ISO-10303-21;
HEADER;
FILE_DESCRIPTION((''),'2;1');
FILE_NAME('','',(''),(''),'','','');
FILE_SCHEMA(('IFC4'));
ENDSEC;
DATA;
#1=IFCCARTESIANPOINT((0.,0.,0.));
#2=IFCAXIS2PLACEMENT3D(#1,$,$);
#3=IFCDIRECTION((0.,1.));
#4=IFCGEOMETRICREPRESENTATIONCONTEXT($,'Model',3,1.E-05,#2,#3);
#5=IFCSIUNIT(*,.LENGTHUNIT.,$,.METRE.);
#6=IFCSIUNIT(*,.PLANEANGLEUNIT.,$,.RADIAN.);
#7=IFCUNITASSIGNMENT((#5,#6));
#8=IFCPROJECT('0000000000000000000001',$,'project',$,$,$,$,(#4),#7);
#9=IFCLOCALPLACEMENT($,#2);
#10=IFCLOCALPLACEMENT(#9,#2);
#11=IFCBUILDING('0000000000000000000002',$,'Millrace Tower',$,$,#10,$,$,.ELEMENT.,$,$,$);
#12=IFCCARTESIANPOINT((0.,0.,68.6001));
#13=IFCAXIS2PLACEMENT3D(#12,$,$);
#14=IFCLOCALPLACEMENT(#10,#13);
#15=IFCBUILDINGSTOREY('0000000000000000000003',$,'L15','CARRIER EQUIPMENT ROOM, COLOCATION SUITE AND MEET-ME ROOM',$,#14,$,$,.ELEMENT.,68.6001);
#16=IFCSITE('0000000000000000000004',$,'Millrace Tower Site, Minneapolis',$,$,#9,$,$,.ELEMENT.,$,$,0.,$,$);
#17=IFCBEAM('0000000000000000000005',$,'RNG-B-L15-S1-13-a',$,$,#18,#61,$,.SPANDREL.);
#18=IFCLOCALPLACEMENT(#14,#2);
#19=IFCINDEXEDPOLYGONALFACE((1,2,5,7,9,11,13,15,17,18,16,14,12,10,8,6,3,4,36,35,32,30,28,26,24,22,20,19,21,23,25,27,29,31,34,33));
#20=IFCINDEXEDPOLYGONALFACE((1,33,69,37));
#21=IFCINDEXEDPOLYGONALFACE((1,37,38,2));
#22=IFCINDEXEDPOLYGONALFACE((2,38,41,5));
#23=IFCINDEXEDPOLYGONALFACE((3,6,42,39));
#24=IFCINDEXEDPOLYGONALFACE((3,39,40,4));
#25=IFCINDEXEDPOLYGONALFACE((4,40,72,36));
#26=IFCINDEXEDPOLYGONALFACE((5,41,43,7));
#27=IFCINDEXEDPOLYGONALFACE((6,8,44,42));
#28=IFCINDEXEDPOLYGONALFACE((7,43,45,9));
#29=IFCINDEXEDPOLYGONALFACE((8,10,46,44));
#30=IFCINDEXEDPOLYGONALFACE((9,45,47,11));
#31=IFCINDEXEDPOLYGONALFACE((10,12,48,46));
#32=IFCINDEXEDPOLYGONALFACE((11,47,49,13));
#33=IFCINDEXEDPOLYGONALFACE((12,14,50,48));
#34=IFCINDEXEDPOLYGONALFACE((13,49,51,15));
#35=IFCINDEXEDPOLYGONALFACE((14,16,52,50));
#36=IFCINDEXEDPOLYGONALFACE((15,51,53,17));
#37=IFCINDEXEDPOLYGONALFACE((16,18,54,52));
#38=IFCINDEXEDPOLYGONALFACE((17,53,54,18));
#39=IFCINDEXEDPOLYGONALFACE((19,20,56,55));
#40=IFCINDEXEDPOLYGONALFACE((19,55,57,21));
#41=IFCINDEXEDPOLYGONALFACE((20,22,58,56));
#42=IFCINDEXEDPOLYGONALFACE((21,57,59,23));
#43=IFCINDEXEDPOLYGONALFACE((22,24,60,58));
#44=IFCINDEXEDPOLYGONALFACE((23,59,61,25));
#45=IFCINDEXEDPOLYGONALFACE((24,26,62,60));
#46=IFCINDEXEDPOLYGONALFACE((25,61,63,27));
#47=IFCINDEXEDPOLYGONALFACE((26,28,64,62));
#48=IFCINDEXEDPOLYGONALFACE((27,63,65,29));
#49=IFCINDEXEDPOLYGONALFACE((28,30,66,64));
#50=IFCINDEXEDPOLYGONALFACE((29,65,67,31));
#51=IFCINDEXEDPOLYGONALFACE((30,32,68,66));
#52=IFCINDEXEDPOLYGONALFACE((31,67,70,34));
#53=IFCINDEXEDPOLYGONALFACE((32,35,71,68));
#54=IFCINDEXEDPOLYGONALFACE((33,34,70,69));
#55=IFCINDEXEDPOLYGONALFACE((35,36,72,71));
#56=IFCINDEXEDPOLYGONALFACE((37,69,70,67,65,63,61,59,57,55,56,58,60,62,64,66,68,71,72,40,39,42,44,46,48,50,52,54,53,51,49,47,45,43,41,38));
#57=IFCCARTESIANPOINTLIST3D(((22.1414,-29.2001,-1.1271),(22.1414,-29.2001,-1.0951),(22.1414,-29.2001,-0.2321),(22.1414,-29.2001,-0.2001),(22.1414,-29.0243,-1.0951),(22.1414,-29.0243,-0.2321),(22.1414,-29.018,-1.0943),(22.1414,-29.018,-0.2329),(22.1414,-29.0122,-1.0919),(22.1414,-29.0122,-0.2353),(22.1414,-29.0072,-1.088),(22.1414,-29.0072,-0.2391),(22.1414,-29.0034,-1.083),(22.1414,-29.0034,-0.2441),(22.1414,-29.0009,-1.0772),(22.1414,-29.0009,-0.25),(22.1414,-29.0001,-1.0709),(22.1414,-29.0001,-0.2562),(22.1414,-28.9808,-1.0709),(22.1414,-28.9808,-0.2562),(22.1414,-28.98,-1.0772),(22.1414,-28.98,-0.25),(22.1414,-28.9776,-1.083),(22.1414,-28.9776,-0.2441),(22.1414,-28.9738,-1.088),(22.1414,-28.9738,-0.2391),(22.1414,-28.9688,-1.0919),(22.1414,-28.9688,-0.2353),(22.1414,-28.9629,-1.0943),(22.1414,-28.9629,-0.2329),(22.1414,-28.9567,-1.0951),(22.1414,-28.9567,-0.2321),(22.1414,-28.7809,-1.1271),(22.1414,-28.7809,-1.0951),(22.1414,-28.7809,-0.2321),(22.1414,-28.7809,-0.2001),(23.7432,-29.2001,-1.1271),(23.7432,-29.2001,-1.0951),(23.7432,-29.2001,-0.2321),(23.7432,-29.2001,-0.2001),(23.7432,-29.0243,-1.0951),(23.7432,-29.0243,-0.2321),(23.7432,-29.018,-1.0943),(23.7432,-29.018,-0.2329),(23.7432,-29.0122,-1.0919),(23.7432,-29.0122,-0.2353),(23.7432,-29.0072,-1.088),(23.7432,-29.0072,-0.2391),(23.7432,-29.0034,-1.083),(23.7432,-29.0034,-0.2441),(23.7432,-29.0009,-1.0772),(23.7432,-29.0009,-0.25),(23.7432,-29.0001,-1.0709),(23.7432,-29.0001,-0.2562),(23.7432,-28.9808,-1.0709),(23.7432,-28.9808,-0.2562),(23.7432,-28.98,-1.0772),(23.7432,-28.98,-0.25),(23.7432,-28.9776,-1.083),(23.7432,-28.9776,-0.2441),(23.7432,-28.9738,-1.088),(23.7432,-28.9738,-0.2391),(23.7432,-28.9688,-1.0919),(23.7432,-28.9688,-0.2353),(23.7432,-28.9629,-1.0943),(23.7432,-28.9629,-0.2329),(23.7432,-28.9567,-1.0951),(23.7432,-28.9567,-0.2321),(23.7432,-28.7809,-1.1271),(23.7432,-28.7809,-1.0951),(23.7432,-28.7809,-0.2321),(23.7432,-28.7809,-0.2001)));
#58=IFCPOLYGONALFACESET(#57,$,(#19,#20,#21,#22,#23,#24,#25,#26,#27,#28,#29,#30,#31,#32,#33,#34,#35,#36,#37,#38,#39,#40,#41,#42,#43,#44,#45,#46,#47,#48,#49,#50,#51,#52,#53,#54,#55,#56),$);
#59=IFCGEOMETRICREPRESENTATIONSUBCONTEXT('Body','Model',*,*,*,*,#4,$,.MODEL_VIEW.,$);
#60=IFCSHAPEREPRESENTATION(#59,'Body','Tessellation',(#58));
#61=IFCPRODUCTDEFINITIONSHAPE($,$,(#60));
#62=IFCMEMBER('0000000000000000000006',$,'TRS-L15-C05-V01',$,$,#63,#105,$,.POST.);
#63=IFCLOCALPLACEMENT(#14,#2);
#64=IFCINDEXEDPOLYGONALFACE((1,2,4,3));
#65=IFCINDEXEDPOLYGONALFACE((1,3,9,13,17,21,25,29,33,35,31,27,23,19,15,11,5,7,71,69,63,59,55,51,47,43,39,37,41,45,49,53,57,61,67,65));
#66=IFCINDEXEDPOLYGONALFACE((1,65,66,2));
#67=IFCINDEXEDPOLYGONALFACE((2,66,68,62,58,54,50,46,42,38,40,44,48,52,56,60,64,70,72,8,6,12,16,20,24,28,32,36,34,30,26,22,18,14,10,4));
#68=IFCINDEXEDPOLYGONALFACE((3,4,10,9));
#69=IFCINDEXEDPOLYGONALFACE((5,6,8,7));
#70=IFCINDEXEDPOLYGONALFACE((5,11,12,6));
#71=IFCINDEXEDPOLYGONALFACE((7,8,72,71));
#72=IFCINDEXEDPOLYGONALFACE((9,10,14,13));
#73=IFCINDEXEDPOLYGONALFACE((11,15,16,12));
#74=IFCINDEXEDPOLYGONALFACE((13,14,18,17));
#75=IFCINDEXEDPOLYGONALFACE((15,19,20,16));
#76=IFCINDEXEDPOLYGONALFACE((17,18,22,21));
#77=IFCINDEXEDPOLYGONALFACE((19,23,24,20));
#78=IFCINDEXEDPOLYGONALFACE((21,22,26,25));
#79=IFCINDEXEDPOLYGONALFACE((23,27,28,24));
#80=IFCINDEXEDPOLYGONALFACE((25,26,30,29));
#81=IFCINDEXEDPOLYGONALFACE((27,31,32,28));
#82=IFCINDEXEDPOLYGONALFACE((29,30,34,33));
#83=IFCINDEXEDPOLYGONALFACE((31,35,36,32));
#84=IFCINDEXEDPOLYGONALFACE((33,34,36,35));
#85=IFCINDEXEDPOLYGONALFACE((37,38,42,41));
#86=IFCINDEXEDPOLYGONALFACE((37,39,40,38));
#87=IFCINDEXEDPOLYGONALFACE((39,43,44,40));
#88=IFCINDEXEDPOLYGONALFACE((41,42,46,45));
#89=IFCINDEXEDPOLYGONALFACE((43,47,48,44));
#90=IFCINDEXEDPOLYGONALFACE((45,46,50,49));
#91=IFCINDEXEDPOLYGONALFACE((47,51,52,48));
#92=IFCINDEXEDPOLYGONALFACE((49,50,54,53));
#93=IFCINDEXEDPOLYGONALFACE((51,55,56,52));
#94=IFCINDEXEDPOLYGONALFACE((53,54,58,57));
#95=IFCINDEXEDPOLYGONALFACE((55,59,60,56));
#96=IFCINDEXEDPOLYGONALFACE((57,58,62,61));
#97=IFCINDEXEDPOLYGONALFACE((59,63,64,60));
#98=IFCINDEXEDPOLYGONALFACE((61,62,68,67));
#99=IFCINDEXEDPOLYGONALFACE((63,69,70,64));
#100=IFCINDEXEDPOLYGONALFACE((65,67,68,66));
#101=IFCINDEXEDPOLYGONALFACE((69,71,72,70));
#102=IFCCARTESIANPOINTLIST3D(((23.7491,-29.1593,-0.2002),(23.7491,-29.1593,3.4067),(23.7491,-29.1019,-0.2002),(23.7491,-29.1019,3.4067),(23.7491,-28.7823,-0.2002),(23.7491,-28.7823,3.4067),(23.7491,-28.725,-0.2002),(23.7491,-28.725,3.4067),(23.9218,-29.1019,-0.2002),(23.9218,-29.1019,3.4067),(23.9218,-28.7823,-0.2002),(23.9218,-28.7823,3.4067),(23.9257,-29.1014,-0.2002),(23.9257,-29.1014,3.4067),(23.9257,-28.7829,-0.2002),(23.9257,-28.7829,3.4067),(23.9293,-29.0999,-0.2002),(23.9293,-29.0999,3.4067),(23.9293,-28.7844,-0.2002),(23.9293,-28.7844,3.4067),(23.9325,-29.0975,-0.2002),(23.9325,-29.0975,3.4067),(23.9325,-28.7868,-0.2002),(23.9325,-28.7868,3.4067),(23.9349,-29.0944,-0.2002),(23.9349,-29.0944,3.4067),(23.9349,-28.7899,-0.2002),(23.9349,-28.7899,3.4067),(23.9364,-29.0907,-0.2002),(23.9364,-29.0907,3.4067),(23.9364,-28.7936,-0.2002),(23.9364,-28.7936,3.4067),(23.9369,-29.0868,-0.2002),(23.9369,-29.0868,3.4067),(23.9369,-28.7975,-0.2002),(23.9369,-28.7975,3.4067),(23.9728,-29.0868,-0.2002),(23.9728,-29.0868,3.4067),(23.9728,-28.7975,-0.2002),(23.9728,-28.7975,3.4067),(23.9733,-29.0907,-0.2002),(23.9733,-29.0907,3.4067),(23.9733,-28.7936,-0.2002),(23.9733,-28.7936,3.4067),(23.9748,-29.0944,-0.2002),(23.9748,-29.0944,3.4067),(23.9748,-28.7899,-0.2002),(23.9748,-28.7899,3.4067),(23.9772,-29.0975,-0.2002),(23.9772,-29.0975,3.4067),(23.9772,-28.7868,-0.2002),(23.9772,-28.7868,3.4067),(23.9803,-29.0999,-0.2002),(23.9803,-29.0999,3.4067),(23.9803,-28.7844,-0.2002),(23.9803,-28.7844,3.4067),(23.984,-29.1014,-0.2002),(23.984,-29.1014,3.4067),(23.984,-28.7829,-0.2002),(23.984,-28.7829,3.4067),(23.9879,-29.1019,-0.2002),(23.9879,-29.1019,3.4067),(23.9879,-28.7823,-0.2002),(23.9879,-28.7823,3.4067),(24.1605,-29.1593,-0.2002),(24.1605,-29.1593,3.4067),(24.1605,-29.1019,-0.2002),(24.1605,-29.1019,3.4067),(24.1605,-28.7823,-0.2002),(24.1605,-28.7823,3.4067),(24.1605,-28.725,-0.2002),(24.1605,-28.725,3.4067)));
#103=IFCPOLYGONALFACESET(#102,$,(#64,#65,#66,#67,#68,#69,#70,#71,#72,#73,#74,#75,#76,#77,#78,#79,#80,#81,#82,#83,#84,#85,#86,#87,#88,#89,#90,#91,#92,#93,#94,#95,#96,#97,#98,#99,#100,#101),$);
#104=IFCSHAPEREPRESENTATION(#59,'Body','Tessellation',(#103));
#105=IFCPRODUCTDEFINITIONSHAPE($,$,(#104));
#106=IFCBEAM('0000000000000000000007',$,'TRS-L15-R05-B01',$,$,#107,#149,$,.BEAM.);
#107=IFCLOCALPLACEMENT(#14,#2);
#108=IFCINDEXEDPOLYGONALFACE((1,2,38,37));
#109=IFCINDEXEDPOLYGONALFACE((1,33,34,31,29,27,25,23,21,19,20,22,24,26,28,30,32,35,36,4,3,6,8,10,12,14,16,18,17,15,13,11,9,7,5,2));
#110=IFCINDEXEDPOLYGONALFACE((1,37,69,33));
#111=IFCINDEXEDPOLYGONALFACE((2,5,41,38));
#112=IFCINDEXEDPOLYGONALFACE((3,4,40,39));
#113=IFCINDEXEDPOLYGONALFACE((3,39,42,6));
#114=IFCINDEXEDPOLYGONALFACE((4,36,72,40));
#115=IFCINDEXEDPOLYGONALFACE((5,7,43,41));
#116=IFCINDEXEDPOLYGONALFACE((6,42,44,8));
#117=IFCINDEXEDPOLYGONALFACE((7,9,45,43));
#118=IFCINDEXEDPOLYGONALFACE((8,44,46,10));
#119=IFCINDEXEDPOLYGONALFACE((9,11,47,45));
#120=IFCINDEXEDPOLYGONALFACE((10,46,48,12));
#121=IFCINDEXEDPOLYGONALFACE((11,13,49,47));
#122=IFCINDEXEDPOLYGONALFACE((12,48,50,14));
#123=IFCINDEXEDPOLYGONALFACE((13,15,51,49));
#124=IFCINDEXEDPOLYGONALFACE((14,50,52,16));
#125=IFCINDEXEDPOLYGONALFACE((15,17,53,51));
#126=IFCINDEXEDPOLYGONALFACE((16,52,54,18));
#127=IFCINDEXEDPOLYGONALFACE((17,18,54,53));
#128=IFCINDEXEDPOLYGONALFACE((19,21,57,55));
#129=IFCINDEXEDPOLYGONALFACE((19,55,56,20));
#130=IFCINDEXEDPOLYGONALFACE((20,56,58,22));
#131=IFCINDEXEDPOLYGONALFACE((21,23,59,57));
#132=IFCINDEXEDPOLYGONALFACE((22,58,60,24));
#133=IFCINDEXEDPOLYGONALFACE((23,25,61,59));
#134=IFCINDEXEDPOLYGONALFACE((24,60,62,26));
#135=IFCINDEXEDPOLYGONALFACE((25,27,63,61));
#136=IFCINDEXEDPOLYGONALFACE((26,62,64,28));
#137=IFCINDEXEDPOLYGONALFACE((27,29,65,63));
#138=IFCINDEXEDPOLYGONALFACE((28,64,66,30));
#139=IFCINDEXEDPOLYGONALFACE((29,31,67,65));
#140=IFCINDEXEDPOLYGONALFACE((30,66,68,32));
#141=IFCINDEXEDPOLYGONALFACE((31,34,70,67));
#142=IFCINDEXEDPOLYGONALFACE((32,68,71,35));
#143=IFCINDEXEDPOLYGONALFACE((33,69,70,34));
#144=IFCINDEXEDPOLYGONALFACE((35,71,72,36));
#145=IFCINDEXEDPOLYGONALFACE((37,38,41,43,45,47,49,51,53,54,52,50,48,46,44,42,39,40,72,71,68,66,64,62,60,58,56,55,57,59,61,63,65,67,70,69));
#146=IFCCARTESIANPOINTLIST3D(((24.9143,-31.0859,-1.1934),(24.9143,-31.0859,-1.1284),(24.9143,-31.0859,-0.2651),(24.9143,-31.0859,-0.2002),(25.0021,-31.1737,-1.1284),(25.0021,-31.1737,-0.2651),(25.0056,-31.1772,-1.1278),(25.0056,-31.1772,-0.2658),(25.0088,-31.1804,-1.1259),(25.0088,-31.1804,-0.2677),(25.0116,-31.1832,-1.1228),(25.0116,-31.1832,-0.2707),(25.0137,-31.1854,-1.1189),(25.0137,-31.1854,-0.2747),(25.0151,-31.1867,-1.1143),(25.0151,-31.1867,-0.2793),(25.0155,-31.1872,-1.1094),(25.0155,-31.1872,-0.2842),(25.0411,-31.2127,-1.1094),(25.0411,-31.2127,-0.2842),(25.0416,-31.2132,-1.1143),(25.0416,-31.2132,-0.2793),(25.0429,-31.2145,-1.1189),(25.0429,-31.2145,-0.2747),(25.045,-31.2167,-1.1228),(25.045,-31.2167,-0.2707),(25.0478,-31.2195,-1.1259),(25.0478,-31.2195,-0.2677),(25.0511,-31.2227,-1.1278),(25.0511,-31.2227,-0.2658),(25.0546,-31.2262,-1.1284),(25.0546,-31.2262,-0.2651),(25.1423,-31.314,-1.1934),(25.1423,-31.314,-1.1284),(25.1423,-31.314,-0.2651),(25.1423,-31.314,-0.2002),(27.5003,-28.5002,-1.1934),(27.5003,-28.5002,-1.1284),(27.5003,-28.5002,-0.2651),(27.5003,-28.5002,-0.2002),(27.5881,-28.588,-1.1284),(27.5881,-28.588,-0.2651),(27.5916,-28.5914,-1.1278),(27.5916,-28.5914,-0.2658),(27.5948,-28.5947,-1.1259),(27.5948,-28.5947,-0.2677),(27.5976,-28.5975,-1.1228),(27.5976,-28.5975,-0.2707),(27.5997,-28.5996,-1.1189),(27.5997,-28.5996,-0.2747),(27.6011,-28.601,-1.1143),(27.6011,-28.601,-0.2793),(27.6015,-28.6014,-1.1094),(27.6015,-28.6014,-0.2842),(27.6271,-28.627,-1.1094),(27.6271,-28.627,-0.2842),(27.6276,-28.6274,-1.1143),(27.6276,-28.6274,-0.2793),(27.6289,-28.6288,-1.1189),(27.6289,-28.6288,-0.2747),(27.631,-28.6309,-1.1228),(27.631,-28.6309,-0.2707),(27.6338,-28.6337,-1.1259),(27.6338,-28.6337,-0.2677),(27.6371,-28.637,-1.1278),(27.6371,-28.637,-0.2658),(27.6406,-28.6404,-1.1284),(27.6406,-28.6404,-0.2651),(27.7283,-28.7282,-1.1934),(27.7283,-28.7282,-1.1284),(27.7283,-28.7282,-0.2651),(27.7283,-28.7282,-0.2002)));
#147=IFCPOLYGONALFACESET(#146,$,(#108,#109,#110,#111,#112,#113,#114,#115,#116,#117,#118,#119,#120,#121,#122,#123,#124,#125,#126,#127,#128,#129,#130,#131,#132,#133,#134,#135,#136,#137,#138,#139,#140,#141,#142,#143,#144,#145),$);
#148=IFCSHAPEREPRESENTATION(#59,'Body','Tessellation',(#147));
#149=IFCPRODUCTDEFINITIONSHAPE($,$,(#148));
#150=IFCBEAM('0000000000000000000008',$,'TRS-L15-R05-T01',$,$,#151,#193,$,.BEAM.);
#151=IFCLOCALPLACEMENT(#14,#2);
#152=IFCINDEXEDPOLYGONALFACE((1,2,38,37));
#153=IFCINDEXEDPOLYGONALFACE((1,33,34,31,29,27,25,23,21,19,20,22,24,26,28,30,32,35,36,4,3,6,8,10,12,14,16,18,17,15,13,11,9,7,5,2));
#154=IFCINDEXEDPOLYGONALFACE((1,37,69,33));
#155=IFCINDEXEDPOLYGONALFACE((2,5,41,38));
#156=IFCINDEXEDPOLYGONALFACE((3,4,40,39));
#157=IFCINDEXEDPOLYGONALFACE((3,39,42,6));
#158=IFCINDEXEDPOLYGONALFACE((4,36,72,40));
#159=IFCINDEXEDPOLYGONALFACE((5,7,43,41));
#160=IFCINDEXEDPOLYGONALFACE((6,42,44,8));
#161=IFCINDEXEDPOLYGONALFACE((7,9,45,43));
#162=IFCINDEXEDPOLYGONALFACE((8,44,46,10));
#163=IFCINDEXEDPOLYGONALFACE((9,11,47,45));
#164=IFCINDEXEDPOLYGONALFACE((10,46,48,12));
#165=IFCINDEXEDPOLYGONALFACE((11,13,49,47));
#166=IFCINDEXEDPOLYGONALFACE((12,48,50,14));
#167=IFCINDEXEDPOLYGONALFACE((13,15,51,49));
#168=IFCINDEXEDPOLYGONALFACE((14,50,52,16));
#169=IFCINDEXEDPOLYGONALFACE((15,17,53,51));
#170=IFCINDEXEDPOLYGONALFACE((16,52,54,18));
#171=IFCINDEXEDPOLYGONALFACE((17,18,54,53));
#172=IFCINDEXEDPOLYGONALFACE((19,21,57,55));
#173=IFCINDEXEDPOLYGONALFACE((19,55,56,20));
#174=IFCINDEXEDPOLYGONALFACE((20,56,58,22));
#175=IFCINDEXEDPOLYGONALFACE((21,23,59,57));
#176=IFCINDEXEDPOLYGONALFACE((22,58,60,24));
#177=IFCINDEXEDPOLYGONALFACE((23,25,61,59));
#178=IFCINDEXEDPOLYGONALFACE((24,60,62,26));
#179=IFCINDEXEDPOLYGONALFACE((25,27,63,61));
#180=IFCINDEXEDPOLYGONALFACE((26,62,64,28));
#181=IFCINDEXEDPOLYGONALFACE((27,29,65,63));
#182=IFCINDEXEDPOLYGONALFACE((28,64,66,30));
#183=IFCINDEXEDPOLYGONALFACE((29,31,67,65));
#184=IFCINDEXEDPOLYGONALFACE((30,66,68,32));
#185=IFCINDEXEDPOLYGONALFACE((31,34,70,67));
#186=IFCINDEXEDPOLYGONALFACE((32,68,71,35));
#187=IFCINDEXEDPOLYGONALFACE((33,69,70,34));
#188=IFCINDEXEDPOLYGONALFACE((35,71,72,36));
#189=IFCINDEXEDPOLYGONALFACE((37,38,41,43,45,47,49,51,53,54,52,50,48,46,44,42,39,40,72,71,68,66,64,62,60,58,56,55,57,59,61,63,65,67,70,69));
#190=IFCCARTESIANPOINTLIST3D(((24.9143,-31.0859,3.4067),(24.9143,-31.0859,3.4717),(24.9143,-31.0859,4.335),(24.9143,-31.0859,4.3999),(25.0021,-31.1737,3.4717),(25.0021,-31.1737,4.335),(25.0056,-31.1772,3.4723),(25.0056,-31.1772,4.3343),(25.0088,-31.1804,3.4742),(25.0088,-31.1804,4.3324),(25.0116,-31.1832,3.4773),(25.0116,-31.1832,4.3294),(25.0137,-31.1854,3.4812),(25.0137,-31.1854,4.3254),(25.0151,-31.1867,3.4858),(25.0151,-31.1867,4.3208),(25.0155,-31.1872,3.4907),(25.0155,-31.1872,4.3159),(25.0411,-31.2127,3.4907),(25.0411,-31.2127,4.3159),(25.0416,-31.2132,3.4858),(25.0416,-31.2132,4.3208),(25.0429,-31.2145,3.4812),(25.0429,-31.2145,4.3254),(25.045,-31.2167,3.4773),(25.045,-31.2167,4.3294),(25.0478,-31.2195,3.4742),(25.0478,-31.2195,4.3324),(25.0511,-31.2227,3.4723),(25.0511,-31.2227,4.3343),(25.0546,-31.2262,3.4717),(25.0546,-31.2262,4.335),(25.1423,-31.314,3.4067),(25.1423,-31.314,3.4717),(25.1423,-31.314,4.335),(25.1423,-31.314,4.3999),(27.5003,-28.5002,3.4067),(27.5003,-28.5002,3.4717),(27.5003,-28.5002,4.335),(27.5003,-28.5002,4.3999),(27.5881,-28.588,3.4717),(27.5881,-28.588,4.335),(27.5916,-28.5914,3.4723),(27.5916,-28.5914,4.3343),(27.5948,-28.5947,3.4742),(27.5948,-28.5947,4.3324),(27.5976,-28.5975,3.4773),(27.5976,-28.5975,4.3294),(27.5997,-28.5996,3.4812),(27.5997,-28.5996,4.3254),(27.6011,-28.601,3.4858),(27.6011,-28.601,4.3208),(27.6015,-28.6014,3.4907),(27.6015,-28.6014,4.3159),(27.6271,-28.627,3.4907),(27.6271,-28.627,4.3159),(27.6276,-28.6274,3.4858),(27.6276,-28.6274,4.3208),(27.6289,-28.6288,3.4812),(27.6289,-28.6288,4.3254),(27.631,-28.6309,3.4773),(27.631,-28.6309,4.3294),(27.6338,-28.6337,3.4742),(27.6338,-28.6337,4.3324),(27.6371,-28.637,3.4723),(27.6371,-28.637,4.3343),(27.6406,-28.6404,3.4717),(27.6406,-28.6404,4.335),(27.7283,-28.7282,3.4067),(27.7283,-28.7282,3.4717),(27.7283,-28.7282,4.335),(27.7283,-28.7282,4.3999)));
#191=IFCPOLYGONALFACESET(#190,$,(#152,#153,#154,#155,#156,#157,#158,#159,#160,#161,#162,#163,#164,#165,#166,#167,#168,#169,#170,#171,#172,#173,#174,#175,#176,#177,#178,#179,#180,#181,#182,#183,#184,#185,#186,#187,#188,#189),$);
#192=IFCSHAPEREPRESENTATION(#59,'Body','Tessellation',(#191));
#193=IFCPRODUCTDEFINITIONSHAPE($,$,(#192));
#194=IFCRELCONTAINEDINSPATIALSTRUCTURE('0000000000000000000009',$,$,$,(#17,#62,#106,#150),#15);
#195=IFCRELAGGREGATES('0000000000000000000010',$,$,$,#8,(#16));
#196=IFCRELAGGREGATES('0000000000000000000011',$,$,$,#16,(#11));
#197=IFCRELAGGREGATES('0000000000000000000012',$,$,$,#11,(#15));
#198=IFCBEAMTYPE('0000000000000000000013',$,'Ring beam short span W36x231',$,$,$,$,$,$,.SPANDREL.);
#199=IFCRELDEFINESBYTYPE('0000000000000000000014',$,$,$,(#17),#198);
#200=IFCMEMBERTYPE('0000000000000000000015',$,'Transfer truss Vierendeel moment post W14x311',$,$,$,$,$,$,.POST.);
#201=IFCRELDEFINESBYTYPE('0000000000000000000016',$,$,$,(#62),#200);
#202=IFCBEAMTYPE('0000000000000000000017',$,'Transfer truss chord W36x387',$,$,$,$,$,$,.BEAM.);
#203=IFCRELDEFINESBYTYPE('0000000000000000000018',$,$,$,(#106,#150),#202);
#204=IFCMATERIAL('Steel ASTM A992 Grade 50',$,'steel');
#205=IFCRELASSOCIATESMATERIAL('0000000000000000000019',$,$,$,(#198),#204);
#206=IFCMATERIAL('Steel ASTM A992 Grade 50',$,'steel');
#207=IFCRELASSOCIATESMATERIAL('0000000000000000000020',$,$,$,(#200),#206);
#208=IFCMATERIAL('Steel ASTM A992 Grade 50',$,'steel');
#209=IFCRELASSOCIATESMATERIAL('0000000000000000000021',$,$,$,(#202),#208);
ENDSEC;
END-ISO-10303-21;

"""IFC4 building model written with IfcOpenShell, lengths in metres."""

from ifc_helpers import new_model, si_unit, direction, frame, origin, origin_2d, place, context, subcontext, project, spatial, i_section, extrude, material, material_profile, profile_set, type_object, element, save


model = new_model("IFC4")

# Units and contexts
model_context = context("Model", 3, precision=1e-05, world=origin(), true_north=direction((0.0, 1.0)))
body_context = subcontext(model_context, "Body", "Model", "MODEL_VIEW")
ifc_project = project(units=[si_unit("LENGTHUNIT", "METRE"), si_unit("PLANEANGLEUNIT", "RADIAN")], contexts=[model_context])

# Site, building, storey
site_placement = place(None, origin())
site = spatial("IfcSite", under=ifc_project, at=site_placement, Name="Millrace Tower Site, Minneapolis", CompositionType="ELEMENT", RefElevation=0.0)
building_placement = place(site_placement, origin())
building = spatial("IfcBuilding", under=site, at=building_placement, Name="Millrace Tower", CompositionType="ELEMENT")
storey_placement = place(building_placement, frame((0.0, 0.0, 68.6001)))
storey = spatial("IfcBuildingStorey", under=building, at=storey_placement, Name="L15", Description="CARRIER EQUIPMENT ROOM, COLOCATION SUITE AND MEET-ME ROOM", CompositionType="ELEMENT", Elevation=68.6001)

# Beam
ifc_material_1 = material(Name="Steel ASTM A992 Grade 50", Category="steel")
ifc_material_profile_1 = material_profile(ifc_material_1, i_section(OverallWidth=0.4192, OverallDepth=0.927, WebThickness=0.0193, FlangeThickness=0.032, FilletRadius=0.0242, at=origin_2d()))
ifc_profile_set_1 = profile_set([ifc_material_profile_1], Name="Steel ASTM A992 Grade 50")
beam_type_1 = type_object("IfcBeamType", Name="Ring beam short span W36x231", PredefinedType="SPANDREL", material=ifc_profile_set_1)
beam_1_placement = place(storey_placement, frame((23.7432, -28.9905, -0.6636), z_axis=(-1.0, 0.0, 0.0), x_axis=(0.0, -1.0, 0.0)))
element("IfcBeam", 1, at=beam_1_placement, inside=storey, type_object=beam_type_1, Name="RNG-B-L15-S1-13-a", PredefinedType="SPANDREL", context=body_context, shape_type="SweptSolid", body=[
    extrude(i_section(OverallWidth=0.4192, OverallDepth=0.927, WebThickness=0.0193, FlangeThickness=0.032, FilletRadius=0.0242, at=origin_2d()), origin(), (0.0, 0.0, 1.0), 1.6018),
])

# Member
ifc_material_2 = material(Name="Steel ASTM A992 Grade 50", Category="steel")
ifc_material_profile_2 = material_profile(ifc_material_2, i_section(OverallWidth=0.4114, OverallDepth=0.4343, WebThickness=0.0359, FlangeThickness=0.0574, FilletRadius=0.0151, at=origin_2d()))
ifc_profile_set_2 = profile_set([ifc_material_profile_2], Name="Steel ASTM A992 Grade 50")
member_type_1 = type_object("IfcMemberType", Name="Transfer truss Vierendeel moment post W14x311", PredefinedType="POST", material=ifc_profile_set_2)
member_1_placement = place(storey_placement, frame((23.9548, -28.9421, -0.2002), z_axis=(0.0, 0.0, 1.0), x_axis=(1.0, 0.0, 0.0)))
element("IfcMember", 2, at=member_1_placement, inside=storey, type_object=member_type_1, Name="TRS-L15-C05-V01", PredefinedType="POST", context=body_context, shape_type="SweptSolid", body=[
    extrude(i_section(OverallWidth=0.4114, OverallDepth=0.4343, WebThickness=0.0359, FlangeThickness=0.0574, FilletRadius=0.0151, at=origin_2d()), origin(), (0.0, 0.0, 1.0), 3.6069),
])

# Beams
ifc_material_3 = material(Name="Steel ASTM A992 Grade 50", Category="steel")
ifc_material_profile_3 = material_profile(ifc_material_3, i_section(OverallWidth=0.3225, OverallDepth=0.9932, WebThickness=0.0361, FlangeThickness=0.0649, FilletRadius=0.019, at=origin_2d()))
ifc_profile_set_3 = profile_set([ifc_material_profile_3], Name="Steel ASTM A992 Grade 50")
beam_type_2 = type_object("IfcBeamType", Name="Transfer truss chord W36x387", PredefinedType="BEAM", material=ifc_profile_set_3)
for number, where, z_axis, x_axis, name in (
    (3, (25.0283, -31.2, -0.6968), (0.70714, 0.707073, 0.0), (-0.707073, 0.70714, 0.0), "TRS-L15-R05-B01"),
    (4, (25.0283, -31.2, 3.9033), (0.70714, 0.707073, 0.0), (-0.707073, 0.70714, 0.0), "TRS-L15-R05-T01"),
):
    element("IfcBeam", number, at=place(storey_placement, frame(where, z_axis=z_axis, x_axis=x_axis)), inside=storey, type_object=beam_type_2, Name=name, PredefinedType="BEAM", context=body_context, shape_type="SweptSolid", body=[
        extrude(i_section(OverallWidth=0.3225, OverallDepth=0.9932, WebThickness=0.0361, FlangeThickness=0.0649, FilletRadius=0.019, at=origin_2d()), origin(), (0.0, 0.0, 1.0), 3.657),
    ])

save(model, "model.ifc")
